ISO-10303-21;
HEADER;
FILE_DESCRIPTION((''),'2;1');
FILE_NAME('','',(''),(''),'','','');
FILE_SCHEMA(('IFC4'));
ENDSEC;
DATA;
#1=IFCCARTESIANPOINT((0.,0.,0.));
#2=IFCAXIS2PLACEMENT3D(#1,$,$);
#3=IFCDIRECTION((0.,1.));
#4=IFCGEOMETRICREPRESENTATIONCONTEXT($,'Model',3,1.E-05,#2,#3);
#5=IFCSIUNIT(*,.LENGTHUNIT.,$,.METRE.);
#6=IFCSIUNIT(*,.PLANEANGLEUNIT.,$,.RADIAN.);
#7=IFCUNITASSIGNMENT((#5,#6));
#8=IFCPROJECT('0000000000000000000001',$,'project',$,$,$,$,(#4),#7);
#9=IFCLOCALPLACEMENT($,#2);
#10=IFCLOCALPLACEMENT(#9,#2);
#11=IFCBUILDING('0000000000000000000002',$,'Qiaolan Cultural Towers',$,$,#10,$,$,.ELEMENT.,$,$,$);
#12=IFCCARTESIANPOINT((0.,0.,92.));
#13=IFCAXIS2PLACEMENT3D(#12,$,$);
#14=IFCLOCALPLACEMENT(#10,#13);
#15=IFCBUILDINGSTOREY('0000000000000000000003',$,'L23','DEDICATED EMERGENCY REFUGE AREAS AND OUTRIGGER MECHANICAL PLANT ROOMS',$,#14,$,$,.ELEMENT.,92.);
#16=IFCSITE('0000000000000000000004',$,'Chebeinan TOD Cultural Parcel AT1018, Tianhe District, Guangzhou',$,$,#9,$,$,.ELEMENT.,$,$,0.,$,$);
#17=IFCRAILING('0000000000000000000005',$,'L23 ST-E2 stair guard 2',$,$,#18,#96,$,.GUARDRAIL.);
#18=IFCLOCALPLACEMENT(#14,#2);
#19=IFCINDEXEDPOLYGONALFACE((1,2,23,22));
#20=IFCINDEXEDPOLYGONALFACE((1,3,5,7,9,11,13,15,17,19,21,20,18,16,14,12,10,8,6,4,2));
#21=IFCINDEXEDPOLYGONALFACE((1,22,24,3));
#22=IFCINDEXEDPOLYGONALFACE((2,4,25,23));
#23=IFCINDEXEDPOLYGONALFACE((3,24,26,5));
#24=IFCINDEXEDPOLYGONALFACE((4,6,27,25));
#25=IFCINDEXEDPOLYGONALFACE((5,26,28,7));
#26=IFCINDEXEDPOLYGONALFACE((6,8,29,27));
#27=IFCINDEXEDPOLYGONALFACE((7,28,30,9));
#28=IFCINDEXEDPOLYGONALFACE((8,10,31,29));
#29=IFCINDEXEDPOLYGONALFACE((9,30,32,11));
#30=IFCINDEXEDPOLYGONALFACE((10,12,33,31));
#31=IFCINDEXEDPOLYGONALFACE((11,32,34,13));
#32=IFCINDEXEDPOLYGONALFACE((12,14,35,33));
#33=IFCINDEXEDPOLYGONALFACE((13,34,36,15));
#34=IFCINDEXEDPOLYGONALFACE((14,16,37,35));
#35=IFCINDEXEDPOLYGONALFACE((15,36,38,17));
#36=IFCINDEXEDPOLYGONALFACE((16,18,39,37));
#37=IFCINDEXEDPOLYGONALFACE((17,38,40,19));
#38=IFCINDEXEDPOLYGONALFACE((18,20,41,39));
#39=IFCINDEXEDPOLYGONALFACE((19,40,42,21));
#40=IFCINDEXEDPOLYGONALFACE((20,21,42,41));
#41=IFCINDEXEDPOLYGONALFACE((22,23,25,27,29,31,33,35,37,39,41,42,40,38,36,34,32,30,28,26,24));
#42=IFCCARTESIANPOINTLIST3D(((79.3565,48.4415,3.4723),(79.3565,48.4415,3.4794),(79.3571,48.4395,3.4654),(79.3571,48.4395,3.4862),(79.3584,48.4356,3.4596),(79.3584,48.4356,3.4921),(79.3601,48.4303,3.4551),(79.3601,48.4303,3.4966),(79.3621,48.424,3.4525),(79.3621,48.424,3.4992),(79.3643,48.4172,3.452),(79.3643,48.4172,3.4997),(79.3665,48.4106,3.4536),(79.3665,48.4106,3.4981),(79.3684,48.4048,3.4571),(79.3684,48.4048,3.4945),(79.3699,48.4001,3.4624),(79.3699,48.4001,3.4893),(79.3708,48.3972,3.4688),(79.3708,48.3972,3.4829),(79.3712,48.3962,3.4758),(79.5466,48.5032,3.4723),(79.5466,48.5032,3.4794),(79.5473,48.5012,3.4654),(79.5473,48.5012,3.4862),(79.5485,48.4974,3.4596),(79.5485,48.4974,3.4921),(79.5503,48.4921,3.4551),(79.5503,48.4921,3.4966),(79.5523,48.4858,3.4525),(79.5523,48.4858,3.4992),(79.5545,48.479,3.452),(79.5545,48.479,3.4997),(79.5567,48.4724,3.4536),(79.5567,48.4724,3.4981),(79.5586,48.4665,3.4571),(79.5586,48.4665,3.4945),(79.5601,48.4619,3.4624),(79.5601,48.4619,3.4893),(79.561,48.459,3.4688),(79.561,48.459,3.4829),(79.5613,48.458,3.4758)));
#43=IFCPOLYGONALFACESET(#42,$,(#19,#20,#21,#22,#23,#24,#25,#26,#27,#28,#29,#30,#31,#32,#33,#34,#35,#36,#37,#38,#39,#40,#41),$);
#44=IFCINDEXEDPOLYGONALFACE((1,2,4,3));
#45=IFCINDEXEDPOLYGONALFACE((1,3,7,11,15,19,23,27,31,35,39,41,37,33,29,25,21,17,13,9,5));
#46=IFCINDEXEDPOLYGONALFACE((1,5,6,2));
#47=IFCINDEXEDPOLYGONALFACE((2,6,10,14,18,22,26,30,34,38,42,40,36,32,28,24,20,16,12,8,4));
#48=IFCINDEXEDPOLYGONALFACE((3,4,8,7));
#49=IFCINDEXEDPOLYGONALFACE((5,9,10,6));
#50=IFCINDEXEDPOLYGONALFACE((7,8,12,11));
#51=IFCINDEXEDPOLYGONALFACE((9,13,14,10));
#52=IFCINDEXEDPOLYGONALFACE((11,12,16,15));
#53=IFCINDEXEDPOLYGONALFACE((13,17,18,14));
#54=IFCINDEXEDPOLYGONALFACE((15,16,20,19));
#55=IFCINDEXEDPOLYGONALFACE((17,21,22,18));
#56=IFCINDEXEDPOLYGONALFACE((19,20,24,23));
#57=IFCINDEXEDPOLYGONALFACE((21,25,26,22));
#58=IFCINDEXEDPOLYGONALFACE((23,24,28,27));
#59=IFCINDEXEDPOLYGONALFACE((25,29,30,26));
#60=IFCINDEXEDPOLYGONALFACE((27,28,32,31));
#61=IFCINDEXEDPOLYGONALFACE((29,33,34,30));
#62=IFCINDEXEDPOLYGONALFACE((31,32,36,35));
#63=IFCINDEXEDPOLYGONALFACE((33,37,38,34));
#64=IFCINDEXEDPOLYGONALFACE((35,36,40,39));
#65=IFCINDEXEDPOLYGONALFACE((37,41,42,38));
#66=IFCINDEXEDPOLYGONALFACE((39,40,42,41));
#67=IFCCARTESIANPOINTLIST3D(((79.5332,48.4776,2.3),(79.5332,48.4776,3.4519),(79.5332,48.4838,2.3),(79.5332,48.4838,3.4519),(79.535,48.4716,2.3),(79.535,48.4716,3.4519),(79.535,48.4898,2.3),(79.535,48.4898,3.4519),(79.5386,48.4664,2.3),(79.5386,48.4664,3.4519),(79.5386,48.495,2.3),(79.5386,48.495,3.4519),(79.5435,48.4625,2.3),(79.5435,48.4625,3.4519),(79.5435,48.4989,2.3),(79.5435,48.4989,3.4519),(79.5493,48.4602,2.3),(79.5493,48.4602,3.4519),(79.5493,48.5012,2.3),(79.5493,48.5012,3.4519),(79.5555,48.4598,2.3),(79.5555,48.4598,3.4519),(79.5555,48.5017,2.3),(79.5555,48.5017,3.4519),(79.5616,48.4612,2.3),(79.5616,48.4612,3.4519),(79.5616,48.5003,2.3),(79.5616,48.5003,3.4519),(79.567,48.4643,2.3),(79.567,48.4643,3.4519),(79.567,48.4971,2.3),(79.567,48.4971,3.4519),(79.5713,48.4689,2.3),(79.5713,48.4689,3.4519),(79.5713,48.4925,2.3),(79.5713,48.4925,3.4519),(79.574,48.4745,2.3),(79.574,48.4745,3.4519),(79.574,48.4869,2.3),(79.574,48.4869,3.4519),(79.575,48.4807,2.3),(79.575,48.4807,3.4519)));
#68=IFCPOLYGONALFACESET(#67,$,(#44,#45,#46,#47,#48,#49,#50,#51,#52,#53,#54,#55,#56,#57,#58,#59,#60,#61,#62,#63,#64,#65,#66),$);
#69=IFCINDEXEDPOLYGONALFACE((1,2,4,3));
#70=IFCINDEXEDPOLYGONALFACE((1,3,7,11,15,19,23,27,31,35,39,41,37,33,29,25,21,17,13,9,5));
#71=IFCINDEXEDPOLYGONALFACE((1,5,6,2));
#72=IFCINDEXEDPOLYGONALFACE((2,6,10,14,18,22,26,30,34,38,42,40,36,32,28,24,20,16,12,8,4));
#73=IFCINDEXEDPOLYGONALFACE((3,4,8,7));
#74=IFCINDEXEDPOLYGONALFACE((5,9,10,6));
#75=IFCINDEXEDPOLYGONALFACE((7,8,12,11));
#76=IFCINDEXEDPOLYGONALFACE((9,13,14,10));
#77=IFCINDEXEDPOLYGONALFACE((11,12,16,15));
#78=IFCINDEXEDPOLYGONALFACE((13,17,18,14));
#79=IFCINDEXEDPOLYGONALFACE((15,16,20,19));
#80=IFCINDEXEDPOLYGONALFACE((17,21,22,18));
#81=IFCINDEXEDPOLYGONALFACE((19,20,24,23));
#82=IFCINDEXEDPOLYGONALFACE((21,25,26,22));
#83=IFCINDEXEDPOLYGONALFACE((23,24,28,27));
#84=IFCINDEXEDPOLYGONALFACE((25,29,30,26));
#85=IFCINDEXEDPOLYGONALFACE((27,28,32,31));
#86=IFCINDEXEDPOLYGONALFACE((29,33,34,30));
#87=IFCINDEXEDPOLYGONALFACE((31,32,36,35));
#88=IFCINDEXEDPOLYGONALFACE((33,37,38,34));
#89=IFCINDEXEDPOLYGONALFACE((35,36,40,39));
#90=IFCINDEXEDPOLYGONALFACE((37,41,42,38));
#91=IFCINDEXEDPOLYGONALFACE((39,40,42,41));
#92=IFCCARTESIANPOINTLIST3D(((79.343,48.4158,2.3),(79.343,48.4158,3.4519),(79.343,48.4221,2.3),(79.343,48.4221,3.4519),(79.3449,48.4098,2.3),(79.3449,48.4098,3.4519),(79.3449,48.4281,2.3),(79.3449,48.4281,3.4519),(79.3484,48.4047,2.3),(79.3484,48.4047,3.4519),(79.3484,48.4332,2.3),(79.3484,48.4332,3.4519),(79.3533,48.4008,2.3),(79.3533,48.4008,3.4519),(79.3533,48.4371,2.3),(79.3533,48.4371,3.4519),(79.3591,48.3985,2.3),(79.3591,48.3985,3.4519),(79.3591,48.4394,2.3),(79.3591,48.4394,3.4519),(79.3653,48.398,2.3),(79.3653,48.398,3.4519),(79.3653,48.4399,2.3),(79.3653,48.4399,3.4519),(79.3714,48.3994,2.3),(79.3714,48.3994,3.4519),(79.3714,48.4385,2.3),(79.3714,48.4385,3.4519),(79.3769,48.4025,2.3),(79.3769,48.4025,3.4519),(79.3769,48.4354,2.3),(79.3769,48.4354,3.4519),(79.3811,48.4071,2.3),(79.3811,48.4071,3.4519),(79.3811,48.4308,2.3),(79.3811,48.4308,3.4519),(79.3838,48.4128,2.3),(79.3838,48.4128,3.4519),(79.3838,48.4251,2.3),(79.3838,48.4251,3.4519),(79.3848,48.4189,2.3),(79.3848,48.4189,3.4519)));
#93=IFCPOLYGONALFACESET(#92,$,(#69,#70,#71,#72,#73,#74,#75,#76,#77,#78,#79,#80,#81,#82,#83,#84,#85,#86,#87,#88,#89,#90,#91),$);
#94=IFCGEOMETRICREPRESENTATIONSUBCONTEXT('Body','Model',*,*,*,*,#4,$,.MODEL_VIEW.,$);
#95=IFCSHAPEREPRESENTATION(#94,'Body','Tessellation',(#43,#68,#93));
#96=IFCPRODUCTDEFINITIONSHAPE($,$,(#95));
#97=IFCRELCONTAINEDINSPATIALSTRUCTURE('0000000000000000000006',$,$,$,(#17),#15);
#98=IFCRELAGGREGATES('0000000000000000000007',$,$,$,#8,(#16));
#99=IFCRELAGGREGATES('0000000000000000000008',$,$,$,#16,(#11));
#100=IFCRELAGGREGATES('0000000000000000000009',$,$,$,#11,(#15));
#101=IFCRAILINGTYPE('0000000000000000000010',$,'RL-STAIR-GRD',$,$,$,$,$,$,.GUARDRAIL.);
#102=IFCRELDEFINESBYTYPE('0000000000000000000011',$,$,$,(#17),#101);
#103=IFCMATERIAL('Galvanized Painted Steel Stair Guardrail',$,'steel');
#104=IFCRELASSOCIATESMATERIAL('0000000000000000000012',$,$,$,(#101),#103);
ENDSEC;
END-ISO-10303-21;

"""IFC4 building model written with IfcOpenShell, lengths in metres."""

from ifc_helpers import new_model, si_unit, direction, frame, origin, origin_2d, place, context, subcontext, project, spatial, circle, extrude, material, type_object, element, save


model = new_model("IFC4")

# Units and contexts
model_context = context("Model", 3, precision=1e-05, world=origin(), true_north=direction((0.0, 1.0)))
body_context = subcontext(model_context, "Body", "Model", "MODEL_VIEW")
ifc_project = project(units=[si_unit("LENGTHUNIT", "METRE"), si_unit("PLANEANGLEUNIT", "RADIAN")], contexts=[model_context])

# Site, building, storey
site_placement = place(None, origin())
site = spatial("IfcSite", under=ifc_project, at=site_placement, Name="Chebeinan TOD Cultural Parcel AT1018, Tianhe District, Guangzhou", CompositionType="ELEMENT", RefElevation=0.0)
building_placement = place(site_placement, origin())
building = spatial("IfcBuilding", under=site, at=building_placement, Name="Qiaolan Cultural Towers", CompositionType="ELEMENT")
storey_placement = place(building_placement, frame((0.0, 0.0, 92.0)))
storey = spatial("IfcBuildingStorey", under=building, at=storey_placement, Name="L23", Description="DEDICATED EMERGENCY REFUGE AREAS AND OUTRIGGER MECHANICAL PLANT ROOMS", CompositionType="ELEMENT", Elevation=92.0)

# Railing
ifc_material_1 = material(Name="Galvanized Painted Steel Stair Guardrail", Category="steel")
railing_type = type_object("IfcRailingType", Name="RL-STAIR-GRD", PredefinedType="GUARDRAIL", material=ifc_material_1)
railing_1_placement = place(storey_placement, frame((79.554, 48.4807, 2.3)))
element("IfcRailing", 1, at=railing_1_placement, inside=storey, type_object=railing_type, Name="L23 ST-E2 stair guard 2", PredefinedType="GUARDRAIL", context=body_context, shape_type="SweptSolid", body=[
    extrude(circle(Radius=0.0239, at=origin_2d()), frame((0.0, 0.0, 1.1758), z_axis=(-0.951097, -0.308893, 0.0), x_axis=(0.308893, -0.951097, 0.0)), (0.0, 0.0, 1.0), 0.2),
    extrude(circle(Radius=0.021, at=origin_2d()), origin(), (0.0, 0.0, 1.0), 1.1519),
    extrude(circle(Radius=0.021, at=origin_2d()), frame((-0.1902, -0.0618, 0.0)), (0.0, 0.0, 1.0), 1.1519),
])

save(model, "model.ifc")
